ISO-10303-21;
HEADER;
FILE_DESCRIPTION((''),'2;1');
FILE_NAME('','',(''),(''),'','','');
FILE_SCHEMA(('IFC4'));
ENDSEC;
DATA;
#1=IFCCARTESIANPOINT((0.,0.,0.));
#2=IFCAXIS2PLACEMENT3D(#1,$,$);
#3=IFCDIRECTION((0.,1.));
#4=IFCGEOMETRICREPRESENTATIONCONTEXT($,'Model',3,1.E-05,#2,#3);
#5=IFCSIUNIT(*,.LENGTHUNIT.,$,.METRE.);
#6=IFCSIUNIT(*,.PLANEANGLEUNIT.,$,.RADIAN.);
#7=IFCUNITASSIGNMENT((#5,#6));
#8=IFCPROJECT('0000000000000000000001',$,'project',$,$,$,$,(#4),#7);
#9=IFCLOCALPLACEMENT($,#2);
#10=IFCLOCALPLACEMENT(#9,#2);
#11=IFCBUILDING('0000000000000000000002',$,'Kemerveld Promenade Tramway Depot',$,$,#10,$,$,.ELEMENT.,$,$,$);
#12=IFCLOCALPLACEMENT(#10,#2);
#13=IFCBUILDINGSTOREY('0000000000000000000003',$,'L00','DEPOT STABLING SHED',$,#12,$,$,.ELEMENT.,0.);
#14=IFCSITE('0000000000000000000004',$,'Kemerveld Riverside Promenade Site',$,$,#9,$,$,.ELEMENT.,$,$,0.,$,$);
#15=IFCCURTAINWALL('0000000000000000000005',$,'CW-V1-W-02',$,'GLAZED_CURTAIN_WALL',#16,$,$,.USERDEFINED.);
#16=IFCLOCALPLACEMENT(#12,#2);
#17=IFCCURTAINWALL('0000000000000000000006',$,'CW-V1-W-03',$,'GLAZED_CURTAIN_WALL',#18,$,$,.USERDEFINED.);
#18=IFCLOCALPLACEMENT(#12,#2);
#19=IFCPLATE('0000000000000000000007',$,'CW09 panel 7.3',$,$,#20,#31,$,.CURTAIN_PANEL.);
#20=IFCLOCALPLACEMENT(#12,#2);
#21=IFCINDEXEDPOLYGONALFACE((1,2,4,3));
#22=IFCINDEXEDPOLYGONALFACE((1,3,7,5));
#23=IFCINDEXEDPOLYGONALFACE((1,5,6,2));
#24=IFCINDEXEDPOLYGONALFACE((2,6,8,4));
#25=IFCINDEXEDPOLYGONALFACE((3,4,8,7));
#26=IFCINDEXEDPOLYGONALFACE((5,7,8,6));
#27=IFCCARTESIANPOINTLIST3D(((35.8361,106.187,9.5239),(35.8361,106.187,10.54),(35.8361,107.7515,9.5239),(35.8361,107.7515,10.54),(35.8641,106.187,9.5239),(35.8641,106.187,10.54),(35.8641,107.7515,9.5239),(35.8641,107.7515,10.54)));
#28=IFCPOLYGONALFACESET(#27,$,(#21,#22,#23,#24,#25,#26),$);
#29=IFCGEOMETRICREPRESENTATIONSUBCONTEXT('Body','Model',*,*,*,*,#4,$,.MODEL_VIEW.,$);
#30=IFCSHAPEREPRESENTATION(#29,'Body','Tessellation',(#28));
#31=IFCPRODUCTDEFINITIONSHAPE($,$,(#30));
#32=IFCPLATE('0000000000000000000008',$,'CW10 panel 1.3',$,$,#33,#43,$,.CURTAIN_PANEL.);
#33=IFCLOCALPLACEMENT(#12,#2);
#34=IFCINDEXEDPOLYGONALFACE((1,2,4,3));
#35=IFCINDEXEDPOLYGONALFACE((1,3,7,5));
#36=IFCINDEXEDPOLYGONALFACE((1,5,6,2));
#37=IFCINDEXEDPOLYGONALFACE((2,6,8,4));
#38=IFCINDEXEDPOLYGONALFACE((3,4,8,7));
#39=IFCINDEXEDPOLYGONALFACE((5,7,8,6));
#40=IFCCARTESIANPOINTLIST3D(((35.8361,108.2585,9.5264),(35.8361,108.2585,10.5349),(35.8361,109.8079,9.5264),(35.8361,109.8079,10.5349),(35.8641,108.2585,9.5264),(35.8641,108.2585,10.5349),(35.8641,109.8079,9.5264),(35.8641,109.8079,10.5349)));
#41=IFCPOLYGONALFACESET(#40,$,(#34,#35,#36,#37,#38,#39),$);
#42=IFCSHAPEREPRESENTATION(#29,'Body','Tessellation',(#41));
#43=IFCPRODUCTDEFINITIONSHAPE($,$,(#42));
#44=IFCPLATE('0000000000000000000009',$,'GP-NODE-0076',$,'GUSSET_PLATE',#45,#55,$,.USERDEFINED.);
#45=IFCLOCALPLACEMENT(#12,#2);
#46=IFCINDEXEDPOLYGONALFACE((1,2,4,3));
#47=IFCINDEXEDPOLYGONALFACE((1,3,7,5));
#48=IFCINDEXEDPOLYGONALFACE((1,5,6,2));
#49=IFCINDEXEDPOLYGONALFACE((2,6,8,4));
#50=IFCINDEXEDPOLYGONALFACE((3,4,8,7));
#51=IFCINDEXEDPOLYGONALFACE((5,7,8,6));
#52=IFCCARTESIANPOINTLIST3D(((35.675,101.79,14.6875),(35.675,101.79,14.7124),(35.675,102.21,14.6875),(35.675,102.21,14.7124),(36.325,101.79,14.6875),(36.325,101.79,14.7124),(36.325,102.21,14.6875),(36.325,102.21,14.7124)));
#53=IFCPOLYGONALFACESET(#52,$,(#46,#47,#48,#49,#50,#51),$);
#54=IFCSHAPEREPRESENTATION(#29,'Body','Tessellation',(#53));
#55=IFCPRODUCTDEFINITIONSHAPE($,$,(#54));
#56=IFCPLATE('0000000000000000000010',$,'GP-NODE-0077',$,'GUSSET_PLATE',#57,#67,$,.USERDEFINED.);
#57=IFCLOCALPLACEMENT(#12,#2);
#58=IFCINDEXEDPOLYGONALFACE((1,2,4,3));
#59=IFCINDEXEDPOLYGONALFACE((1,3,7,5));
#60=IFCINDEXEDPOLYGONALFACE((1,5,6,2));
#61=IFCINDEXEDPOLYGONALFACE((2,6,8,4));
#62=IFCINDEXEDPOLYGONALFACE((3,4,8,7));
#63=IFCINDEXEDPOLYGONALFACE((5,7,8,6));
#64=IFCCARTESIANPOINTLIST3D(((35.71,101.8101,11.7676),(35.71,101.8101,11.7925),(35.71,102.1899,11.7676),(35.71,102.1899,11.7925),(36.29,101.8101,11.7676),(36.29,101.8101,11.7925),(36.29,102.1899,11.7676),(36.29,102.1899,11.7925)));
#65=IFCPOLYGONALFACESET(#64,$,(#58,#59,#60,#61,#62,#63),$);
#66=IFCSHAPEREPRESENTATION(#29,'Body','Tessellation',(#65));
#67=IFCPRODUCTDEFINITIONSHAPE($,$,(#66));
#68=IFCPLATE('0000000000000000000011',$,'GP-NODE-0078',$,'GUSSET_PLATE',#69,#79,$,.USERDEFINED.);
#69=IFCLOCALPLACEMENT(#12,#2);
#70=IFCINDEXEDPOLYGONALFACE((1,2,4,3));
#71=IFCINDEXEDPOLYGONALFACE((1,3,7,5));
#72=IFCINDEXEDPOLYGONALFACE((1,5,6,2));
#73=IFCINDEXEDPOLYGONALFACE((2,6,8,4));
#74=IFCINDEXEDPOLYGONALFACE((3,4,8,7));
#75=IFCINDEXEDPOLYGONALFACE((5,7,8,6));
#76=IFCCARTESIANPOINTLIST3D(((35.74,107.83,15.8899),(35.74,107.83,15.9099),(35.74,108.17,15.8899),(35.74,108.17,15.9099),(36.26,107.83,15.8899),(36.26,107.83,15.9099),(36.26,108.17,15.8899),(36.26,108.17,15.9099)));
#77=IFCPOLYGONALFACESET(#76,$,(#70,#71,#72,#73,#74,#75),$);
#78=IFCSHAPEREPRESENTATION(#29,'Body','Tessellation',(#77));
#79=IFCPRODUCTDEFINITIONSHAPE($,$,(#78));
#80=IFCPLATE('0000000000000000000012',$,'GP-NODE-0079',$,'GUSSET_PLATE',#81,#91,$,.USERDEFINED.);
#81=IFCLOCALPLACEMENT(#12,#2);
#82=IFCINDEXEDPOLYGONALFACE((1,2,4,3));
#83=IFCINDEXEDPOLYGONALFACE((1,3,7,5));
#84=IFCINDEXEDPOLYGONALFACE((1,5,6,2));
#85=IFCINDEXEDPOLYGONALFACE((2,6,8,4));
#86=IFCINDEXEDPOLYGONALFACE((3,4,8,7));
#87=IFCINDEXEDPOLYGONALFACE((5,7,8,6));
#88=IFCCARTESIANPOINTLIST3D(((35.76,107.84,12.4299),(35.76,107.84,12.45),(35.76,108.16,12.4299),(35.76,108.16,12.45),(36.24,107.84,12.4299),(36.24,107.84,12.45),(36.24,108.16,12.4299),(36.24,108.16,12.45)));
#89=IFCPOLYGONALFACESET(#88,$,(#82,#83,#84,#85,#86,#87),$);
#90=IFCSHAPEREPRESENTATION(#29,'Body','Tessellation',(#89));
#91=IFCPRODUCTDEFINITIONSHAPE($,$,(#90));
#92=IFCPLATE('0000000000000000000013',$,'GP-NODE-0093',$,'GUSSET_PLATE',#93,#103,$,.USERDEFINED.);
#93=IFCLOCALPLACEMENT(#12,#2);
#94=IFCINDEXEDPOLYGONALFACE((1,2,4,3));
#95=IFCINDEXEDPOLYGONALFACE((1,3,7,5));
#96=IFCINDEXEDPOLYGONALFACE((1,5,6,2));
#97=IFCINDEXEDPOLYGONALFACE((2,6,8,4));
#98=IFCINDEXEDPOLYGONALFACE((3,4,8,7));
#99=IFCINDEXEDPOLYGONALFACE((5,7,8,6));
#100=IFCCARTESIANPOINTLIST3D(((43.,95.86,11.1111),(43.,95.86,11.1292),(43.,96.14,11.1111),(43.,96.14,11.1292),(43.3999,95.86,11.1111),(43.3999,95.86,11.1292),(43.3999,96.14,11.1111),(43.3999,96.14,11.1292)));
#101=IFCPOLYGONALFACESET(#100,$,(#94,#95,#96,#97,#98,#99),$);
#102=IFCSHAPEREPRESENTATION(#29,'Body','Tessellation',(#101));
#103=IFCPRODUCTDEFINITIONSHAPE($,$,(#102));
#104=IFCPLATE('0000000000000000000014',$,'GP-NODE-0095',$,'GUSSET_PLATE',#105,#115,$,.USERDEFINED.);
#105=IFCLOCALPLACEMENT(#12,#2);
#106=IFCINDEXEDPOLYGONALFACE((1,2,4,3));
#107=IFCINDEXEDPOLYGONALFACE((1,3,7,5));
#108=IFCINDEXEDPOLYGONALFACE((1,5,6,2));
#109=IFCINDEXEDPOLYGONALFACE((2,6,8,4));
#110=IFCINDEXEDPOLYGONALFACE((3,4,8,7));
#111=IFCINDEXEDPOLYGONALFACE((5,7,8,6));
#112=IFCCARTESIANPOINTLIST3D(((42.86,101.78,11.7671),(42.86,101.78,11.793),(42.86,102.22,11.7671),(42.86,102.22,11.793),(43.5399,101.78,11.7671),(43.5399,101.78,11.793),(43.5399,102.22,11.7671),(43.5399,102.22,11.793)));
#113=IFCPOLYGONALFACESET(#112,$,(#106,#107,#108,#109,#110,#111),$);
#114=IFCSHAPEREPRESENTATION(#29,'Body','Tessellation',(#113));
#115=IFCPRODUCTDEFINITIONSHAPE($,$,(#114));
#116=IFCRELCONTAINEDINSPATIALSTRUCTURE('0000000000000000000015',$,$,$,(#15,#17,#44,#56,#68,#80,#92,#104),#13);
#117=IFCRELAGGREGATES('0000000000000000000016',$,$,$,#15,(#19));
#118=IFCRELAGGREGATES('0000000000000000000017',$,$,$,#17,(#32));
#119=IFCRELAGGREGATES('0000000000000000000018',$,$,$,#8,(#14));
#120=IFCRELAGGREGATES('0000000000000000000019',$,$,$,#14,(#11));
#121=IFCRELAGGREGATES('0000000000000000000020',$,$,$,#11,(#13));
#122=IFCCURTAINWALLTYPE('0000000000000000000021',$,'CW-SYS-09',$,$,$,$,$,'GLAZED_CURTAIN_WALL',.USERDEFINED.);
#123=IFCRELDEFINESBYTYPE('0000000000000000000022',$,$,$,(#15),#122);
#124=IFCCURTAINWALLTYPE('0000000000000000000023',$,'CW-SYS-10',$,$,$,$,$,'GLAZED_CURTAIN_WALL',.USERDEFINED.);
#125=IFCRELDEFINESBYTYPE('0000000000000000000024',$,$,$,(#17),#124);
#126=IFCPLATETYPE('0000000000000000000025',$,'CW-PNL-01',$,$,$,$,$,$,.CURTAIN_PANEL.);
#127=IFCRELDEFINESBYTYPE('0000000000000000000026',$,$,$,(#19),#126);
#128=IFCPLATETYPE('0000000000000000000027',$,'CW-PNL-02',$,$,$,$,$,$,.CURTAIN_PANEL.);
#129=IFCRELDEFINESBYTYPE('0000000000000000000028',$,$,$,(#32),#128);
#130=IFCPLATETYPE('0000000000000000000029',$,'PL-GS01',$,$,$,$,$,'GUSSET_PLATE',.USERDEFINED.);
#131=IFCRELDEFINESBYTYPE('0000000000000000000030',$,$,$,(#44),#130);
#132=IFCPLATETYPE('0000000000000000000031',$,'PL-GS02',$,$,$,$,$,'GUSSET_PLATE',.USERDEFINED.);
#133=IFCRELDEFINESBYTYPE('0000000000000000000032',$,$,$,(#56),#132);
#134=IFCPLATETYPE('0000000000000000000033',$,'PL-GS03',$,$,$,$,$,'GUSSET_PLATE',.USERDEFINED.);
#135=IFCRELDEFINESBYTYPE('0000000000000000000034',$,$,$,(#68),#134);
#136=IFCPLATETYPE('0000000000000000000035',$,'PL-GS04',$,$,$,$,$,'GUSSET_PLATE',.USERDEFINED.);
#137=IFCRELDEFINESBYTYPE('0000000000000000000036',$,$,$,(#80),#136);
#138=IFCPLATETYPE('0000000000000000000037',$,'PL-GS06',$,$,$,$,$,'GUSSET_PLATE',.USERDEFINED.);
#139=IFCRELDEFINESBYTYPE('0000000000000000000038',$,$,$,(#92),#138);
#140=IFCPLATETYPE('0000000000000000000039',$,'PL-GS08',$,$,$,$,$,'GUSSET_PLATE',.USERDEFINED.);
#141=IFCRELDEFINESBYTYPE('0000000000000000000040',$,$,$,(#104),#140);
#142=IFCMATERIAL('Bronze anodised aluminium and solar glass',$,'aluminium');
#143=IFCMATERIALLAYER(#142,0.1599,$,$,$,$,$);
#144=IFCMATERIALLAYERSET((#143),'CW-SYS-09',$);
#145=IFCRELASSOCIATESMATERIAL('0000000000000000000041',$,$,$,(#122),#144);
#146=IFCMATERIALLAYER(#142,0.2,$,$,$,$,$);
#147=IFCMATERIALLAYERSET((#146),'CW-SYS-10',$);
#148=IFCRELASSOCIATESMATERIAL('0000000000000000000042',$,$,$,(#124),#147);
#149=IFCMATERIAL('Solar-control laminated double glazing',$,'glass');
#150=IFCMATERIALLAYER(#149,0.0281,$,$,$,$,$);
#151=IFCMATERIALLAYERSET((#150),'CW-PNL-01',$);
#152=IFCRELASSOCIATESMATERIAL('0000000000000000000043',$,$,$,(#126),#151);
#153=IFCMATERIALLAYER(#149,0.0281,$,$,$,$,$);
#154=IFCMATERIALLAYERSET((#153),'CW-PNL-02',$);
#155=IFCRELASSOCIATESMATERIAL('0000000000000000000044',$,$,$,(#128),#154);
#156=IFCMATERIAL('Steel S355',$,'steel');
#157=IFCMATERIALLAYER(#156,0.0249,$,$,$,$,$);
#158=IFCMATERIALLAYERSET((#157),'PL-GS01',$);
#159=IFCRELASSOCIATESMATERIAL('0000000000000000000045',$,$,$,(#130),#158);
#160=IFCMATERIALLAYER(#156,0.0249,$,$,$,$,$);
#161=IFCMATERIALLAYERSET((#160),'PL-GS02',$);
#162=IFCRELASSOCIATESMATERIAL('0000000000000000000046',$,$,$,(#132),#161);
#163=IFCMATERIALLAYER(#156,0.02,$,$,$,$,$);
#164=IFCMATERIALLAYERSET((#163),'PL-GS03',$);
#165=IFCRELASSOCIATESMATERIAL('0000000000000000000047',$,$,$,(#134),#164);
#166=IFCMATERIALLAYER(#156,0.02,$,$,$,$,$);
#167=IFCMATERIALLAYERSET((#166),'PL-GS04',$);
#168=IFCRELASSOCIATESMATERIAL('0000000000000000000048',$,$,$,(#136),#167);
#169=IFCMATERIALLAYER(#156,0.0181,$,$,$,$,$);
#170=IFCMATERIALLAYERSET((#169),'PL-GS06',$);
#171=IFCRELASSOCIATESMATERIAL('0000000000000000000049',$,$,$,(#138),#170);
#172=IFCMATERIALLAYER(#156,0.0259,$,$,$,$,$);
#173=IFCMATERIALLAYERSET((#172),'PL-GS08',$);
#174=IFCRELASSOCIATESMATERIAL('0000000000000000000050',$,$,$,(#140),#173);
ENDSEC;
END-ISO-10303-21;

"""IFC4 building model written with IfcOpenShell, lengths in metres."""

from ifc_helpers import new_model, si_unit, direction, frame, origin, origin_2d, place, context, subcontext, project, spatial, rectangle, extrude, material, layer, layer_set, type_object, element, aggregate, save


model = new_model("IFC4")

# Units and contexts
model_context = context("Model", 3, precision=1e-05, world=origin(), true_north=direction((0.0, 1.0)))
body_context = subcontext(model_context, "Body", "Model", "MODEL_VIEW")
ifc_project = project(units=[si_unit("LENGTHUNIT", "METRE"), si_unit("PLANEANGLEUNIT", "RADIAN")], contexts=[model_context])

# Site, building, storey
site_placement = place(None, origin())
site = spatial("IfcSite", under=ifc_project, at=site_placement, Name="Kemerveld Riverside Promenade Site", CompositionType="ELEMENT", RefElevation=0.0)
building_placement = place(site_placement, origin())
building = spatial("IfcBuilding", under=site, at=building_placement, Name="Kemerveld Promenade Tramway Depot", CompositionType="ELEMENT")
storey_placement = place(building_placement, origin())
storey = spatial("IfcBuildingStorey", under=building, at=storey_placement, Name="L00", Description="DEPOT STABLING SHED", CompositionType="ELEMENT", Elevation=0.0)

# Shared definitions
ifc_material_1 = material(Name="Steel S355", Category="steel")

# Curtain walls
ifc_material_2 = material(Name="Bronze anodised aluminium and solar glass", Category="aluminium")
ifc_layer_1 = layer(ifc_material_2, 0.1599)
ifc_layer_set_1 = layer_set([ifc_layer_1], Name="CW-SYS-09")
curtain_wall_type_1 = type_object("IfcCurtainWallType", Name="CW-SYS-09", ElementType="GLAZED_CURTAIN_WALL", PredefinedType="USERDEFINED", material=ifc_layer_set_1)
curtain_wall_1_placement = place(storey_placement, origin())
curtain_wall_1 = element("IfcCurtainWall", 1, at=curtain_wall_1_placement, inside=storey, type_object=curtain_wall_type_1, Name="CW-V1-W-02", ObjectType="GLAZED_CURTAIN_WALL", PredefinedType="USERDEFINED")
ifc_layer_2 = layer(ifc_material_2, 0.2)
ifc_layer_set_2 = layer_set([ifc_layer_2], Name="CW-SYS-10")
curtain_wall_type_2 = type_object("IfcCurtainWallType", Name="CW-SYS-10", ElementType="GLAZED_CURTAIN_WALL", PredefinedType="USERDEFINED", material=ifc_layer_set_2)
curtain_wall_2_placement = place(storey_placement, origin())
curtain_wall_2 = element("IfcCurtainWall", 2, at=curtain_wall_2_placement, inside=storey, type_object=curtain_wall_type_2, Name="CW-V1-W-03", ObjectType="GLAZED_CURTAIN_WALL", PredefinedType="USERDEFINED")

# Plates
ifc_material_3 = material(Name="Solar-control laminated double glazing", Category="glass")
ifc_layer_3 = layer(ifc_material_3, 0.0281)
ifc_layer_set_3 = layer_set([ifc_layer_3], Name="CW-PNL-01")
plate_type_1 = type_object("IfcPlateType", Name="CW-PNL-01", PredefinedType="CURTAIN_PANEL", material=ifc_layer_set_3)
plate_1_placement = place(storey_placement, frame((35.8501, 106.9692, 9.5239), z_axis=(0.0, 0.0, 1.0), x_axis=(0.0, 1.0, 0.0)))
plate_1 = element("IfcPlate", 3, at=plate_1_placement, type_object=plate_type_1, Name="CW09 panel 7.3", PredefinedType="CURTAIN_PANEL", context=body_context, shape_type="SweptSolid", body=[
    extrude(rectangle(XDim=1.5645, YDim=0.0281, at=origin_2d()), origin(), (0.0, 0.0, 1.0), 1.0161),
])
aggregate(curtain_wall_1, [plate_1])
ifc_layer_4 = layer(ifc_material_3, 0.0281)
ifc_layer_set_4 = layer_set([ifc_layer_4], Name="CW-PNL-02")
plate_type_2 = type_object("IfcPlateType", Name="CW-PNL-02", PredefinedType="CURTAIN_PANEL", material=ifc_layer_set_4)
plate_2_placement = place(storey_placement, frame((35.8501, 109.0332, 9.5264), z_axis=(0.0, 0.0, 1.0), x_axis=(0.0, 1.0, 0.0)))
plate_2 = element("IfcPlate", 4, at=plate_2_placement, type_object=plate_type_2, Name="CW10 panel 1.3", PredefinedType="CURTAIN_PANEL", context=body_context, shape_type="SweptSolid", body=[
    extrude(rectangle(XDim=1.5493, YDim=0.0281, at=origin_2d()), origin(), (0.0, 0.0, 1.0), 1.0085),
])
aggregate(curtain_wall_2, [plate_2])

# Plates
ifc_layer_5 = layer(ifc_material_1, 0.0249)
ifc_layer_set_5 = layer_set([ifc_layer_5], Name="PL-GS01")
plate_type_3 = type_object("IfcPlateType", Name="PL-GS01", ElementType="GUSSET_PLATE", PredefinedType="USERDEFINED", material=ifc_layer_set_5)
plate_3_placement = place(storey_placement, frame((36.0, 102.0, 14.6875), z_axis=(0.0, 0.0, 1.0), x_axis=(1.0, 0.0, 0.0)))
element("IfcPlate", 5, at=plate_3_placement, inside=storey, type_object=plate_type_3, Name="GP-NODE-0076", ObjectType="GUSSET_PLATE", PredefinedType="USERDEFINED", context=body_context, shape_type="SweptSolid", body=[
    extrude(rectangle(XDim=0.6499, YDim=0.4199, at=origin_2d()), origin(), (0.0, 0.0, 1.0), 0.0249),
])
ifc_layer_6 = layer(ifc_material_1, 0.0249)
ifc_layer_set_6 = layer_set([ifc_layer_6], Name="PL-GS02")
plate_type_4 = type_object("IfcPlateType", Name="PL-GS02", ElementType="GUSSET_PLATE", PredefinedType="USERDEFINED", material=ifc_layer_set_6)
plate_4_placement = place(storey_placement, frame((36.0, 102.0, 11.7676), z_axis=(0.0, 0.0, 1.0), x_axis=(1.0, 0.0, 0.0)))
element("IfcPlate", 6, at=plate_4_placement, inside=storey, type_object=plate_type_4, Name="GP-NODE-0077", ObjectType="GUSSET_PLATE", PredefinedType="USERDEFINED", context=body_context, shape_type="SweptSolid", body=[
    extrude(rectangle(XDim=0.5801, YDim=0.3799, at=origin_2d()), origin(), (0.0, 0.0, 1.0), 0.0249),
])
ifc_layer_7 = layer(ifc_material_1, 0.02)
ifc_layer_set_7 = layer_set([ifc_layer_7], Name="PL-GS03")
plate_type_5 = type_object("IfcPlateType", Name="PL-GS03", ElementType="GUSSET_PLATE", PredefinedType="USERDEFINED", material=ifc_layer_set_7)
plate_5_placement = place(storey_placement, frame((36.0, 108.0, 15.8899), z_axis=(0.0, 0.0, 1.0), x_axis=(1.0, 0.0, 0.0)))
element("IfcPlate", 7, at=plate_5_placement, inside=storey, type_object=plate_type_5, Name="GP-NODE-0078", ObjectType="GUSSET_PLATE", PredefinedType="USERDEFINED", context=body_context, shape_type="SweptSolid", body=[
    extrude(rectangle(XDim=0.52, YDim=0.3401, at=origin_2d()), origin(), (0.0, 0.0, 1.0), 0.02),
])
ifc_layer_8 = layer(ifc_material_1, 0.02)
ifc_layer_set_8 = layer_set([ifc_layer_8], Name="PL-GS04")
plate_type_6 = type_object("IfcPlateType", Name="PL-GS04", ElementType="GUSSET_PLATE", PredefinedType="USERDEFINED", material=ifc_layer_set_8)
plate_6_placement = place(storey_placement, frame((36.0, 108.0, 12.4299), z_axis=(0.0, 0.0, 1.0), x_axis=(1.0, 0.0, 0.0)))
element("IfcPlate", 8, at=plate_6_placement, inside=storey, type_object=plate_type_6, Name="GP-NODE-0079", ObjectType="GUSSET_PLATE", PredefinedType="USERDEFINED", context=body_context, shape_type="SweptSolid", body=[
    extrude(rectangle(XDim=0.48, YDim=0.3201, at=origin_2d()), origin(), (0.0, 0.0, 1.0), 0.02),
])
ifc_layer_9 = layer(ifc_material_1, 0.0181)
ifc_layer_set_9 = layer_set([ifc_layer_9], Name="PL-GS06")
plate_type_7 = type_object("IfcPlateType", Name="PL-GS06", ElementType="GUSSET_PLATE", PredefinedType="USERDEFINED", material=ifc_layer_set_9)
plate_7_placement = place(storey_placement, frame((43.2, 96.0, 11.1111), z_axis=(0.0, 0.0, 1.0), x_axis=(1.0, 0.0, 0.0)))
element("IfcPlate", 9, at=plate_7_placement, inside=storey, type_object=plate_type_7, Name="GP-NODE-0093", ObjectType="GUSSET_PLATE", PredefinedType="USERDEFINED", context=body_context, shape_type="SweptSolid", body=[
    extrude(rectangle(XDim=0.3999, YDim=0.28, at=origin_2d()), origin(), (0.0, 0.0, 1.0), 0.0181),
])
ifc_layer_10 = layer(ifc_material_1, 0.0259)
ifc_layer_set_10 = layer_set([ifc_layer_10], Name="PL-GS08")
plate_type_8 = type_object("IfcPlateType", Name="PL-GS08", ElementType="GUSSET_PLATE", PredefinedType="USERDEFINED", material=ifc_layer_set_10)
plate_8_placement = place(storey_placement, frame((43.2, 102.0, 11.7671), z_axis=(0.0, 0.0, 1.0), x_axis=(1.0, 0.0, 0.0)))
element("IfcPlate", 10, at=plate_8_placement, inside=storey, type_object=plate_type_8, Name="GP-NODE-0095", ObjectType="GUSSET_PLATE", PredefinedType="USERDEFINED", context=body_context, shape_type="SweptSolid", body=[
    extrude(rectangle(XDim=0.6799, YDim=0.4399, at=origin_2d()), origin(), (0.0, 0.0, 1.0), 0.0259),
])

save(model, "model.ifc")
